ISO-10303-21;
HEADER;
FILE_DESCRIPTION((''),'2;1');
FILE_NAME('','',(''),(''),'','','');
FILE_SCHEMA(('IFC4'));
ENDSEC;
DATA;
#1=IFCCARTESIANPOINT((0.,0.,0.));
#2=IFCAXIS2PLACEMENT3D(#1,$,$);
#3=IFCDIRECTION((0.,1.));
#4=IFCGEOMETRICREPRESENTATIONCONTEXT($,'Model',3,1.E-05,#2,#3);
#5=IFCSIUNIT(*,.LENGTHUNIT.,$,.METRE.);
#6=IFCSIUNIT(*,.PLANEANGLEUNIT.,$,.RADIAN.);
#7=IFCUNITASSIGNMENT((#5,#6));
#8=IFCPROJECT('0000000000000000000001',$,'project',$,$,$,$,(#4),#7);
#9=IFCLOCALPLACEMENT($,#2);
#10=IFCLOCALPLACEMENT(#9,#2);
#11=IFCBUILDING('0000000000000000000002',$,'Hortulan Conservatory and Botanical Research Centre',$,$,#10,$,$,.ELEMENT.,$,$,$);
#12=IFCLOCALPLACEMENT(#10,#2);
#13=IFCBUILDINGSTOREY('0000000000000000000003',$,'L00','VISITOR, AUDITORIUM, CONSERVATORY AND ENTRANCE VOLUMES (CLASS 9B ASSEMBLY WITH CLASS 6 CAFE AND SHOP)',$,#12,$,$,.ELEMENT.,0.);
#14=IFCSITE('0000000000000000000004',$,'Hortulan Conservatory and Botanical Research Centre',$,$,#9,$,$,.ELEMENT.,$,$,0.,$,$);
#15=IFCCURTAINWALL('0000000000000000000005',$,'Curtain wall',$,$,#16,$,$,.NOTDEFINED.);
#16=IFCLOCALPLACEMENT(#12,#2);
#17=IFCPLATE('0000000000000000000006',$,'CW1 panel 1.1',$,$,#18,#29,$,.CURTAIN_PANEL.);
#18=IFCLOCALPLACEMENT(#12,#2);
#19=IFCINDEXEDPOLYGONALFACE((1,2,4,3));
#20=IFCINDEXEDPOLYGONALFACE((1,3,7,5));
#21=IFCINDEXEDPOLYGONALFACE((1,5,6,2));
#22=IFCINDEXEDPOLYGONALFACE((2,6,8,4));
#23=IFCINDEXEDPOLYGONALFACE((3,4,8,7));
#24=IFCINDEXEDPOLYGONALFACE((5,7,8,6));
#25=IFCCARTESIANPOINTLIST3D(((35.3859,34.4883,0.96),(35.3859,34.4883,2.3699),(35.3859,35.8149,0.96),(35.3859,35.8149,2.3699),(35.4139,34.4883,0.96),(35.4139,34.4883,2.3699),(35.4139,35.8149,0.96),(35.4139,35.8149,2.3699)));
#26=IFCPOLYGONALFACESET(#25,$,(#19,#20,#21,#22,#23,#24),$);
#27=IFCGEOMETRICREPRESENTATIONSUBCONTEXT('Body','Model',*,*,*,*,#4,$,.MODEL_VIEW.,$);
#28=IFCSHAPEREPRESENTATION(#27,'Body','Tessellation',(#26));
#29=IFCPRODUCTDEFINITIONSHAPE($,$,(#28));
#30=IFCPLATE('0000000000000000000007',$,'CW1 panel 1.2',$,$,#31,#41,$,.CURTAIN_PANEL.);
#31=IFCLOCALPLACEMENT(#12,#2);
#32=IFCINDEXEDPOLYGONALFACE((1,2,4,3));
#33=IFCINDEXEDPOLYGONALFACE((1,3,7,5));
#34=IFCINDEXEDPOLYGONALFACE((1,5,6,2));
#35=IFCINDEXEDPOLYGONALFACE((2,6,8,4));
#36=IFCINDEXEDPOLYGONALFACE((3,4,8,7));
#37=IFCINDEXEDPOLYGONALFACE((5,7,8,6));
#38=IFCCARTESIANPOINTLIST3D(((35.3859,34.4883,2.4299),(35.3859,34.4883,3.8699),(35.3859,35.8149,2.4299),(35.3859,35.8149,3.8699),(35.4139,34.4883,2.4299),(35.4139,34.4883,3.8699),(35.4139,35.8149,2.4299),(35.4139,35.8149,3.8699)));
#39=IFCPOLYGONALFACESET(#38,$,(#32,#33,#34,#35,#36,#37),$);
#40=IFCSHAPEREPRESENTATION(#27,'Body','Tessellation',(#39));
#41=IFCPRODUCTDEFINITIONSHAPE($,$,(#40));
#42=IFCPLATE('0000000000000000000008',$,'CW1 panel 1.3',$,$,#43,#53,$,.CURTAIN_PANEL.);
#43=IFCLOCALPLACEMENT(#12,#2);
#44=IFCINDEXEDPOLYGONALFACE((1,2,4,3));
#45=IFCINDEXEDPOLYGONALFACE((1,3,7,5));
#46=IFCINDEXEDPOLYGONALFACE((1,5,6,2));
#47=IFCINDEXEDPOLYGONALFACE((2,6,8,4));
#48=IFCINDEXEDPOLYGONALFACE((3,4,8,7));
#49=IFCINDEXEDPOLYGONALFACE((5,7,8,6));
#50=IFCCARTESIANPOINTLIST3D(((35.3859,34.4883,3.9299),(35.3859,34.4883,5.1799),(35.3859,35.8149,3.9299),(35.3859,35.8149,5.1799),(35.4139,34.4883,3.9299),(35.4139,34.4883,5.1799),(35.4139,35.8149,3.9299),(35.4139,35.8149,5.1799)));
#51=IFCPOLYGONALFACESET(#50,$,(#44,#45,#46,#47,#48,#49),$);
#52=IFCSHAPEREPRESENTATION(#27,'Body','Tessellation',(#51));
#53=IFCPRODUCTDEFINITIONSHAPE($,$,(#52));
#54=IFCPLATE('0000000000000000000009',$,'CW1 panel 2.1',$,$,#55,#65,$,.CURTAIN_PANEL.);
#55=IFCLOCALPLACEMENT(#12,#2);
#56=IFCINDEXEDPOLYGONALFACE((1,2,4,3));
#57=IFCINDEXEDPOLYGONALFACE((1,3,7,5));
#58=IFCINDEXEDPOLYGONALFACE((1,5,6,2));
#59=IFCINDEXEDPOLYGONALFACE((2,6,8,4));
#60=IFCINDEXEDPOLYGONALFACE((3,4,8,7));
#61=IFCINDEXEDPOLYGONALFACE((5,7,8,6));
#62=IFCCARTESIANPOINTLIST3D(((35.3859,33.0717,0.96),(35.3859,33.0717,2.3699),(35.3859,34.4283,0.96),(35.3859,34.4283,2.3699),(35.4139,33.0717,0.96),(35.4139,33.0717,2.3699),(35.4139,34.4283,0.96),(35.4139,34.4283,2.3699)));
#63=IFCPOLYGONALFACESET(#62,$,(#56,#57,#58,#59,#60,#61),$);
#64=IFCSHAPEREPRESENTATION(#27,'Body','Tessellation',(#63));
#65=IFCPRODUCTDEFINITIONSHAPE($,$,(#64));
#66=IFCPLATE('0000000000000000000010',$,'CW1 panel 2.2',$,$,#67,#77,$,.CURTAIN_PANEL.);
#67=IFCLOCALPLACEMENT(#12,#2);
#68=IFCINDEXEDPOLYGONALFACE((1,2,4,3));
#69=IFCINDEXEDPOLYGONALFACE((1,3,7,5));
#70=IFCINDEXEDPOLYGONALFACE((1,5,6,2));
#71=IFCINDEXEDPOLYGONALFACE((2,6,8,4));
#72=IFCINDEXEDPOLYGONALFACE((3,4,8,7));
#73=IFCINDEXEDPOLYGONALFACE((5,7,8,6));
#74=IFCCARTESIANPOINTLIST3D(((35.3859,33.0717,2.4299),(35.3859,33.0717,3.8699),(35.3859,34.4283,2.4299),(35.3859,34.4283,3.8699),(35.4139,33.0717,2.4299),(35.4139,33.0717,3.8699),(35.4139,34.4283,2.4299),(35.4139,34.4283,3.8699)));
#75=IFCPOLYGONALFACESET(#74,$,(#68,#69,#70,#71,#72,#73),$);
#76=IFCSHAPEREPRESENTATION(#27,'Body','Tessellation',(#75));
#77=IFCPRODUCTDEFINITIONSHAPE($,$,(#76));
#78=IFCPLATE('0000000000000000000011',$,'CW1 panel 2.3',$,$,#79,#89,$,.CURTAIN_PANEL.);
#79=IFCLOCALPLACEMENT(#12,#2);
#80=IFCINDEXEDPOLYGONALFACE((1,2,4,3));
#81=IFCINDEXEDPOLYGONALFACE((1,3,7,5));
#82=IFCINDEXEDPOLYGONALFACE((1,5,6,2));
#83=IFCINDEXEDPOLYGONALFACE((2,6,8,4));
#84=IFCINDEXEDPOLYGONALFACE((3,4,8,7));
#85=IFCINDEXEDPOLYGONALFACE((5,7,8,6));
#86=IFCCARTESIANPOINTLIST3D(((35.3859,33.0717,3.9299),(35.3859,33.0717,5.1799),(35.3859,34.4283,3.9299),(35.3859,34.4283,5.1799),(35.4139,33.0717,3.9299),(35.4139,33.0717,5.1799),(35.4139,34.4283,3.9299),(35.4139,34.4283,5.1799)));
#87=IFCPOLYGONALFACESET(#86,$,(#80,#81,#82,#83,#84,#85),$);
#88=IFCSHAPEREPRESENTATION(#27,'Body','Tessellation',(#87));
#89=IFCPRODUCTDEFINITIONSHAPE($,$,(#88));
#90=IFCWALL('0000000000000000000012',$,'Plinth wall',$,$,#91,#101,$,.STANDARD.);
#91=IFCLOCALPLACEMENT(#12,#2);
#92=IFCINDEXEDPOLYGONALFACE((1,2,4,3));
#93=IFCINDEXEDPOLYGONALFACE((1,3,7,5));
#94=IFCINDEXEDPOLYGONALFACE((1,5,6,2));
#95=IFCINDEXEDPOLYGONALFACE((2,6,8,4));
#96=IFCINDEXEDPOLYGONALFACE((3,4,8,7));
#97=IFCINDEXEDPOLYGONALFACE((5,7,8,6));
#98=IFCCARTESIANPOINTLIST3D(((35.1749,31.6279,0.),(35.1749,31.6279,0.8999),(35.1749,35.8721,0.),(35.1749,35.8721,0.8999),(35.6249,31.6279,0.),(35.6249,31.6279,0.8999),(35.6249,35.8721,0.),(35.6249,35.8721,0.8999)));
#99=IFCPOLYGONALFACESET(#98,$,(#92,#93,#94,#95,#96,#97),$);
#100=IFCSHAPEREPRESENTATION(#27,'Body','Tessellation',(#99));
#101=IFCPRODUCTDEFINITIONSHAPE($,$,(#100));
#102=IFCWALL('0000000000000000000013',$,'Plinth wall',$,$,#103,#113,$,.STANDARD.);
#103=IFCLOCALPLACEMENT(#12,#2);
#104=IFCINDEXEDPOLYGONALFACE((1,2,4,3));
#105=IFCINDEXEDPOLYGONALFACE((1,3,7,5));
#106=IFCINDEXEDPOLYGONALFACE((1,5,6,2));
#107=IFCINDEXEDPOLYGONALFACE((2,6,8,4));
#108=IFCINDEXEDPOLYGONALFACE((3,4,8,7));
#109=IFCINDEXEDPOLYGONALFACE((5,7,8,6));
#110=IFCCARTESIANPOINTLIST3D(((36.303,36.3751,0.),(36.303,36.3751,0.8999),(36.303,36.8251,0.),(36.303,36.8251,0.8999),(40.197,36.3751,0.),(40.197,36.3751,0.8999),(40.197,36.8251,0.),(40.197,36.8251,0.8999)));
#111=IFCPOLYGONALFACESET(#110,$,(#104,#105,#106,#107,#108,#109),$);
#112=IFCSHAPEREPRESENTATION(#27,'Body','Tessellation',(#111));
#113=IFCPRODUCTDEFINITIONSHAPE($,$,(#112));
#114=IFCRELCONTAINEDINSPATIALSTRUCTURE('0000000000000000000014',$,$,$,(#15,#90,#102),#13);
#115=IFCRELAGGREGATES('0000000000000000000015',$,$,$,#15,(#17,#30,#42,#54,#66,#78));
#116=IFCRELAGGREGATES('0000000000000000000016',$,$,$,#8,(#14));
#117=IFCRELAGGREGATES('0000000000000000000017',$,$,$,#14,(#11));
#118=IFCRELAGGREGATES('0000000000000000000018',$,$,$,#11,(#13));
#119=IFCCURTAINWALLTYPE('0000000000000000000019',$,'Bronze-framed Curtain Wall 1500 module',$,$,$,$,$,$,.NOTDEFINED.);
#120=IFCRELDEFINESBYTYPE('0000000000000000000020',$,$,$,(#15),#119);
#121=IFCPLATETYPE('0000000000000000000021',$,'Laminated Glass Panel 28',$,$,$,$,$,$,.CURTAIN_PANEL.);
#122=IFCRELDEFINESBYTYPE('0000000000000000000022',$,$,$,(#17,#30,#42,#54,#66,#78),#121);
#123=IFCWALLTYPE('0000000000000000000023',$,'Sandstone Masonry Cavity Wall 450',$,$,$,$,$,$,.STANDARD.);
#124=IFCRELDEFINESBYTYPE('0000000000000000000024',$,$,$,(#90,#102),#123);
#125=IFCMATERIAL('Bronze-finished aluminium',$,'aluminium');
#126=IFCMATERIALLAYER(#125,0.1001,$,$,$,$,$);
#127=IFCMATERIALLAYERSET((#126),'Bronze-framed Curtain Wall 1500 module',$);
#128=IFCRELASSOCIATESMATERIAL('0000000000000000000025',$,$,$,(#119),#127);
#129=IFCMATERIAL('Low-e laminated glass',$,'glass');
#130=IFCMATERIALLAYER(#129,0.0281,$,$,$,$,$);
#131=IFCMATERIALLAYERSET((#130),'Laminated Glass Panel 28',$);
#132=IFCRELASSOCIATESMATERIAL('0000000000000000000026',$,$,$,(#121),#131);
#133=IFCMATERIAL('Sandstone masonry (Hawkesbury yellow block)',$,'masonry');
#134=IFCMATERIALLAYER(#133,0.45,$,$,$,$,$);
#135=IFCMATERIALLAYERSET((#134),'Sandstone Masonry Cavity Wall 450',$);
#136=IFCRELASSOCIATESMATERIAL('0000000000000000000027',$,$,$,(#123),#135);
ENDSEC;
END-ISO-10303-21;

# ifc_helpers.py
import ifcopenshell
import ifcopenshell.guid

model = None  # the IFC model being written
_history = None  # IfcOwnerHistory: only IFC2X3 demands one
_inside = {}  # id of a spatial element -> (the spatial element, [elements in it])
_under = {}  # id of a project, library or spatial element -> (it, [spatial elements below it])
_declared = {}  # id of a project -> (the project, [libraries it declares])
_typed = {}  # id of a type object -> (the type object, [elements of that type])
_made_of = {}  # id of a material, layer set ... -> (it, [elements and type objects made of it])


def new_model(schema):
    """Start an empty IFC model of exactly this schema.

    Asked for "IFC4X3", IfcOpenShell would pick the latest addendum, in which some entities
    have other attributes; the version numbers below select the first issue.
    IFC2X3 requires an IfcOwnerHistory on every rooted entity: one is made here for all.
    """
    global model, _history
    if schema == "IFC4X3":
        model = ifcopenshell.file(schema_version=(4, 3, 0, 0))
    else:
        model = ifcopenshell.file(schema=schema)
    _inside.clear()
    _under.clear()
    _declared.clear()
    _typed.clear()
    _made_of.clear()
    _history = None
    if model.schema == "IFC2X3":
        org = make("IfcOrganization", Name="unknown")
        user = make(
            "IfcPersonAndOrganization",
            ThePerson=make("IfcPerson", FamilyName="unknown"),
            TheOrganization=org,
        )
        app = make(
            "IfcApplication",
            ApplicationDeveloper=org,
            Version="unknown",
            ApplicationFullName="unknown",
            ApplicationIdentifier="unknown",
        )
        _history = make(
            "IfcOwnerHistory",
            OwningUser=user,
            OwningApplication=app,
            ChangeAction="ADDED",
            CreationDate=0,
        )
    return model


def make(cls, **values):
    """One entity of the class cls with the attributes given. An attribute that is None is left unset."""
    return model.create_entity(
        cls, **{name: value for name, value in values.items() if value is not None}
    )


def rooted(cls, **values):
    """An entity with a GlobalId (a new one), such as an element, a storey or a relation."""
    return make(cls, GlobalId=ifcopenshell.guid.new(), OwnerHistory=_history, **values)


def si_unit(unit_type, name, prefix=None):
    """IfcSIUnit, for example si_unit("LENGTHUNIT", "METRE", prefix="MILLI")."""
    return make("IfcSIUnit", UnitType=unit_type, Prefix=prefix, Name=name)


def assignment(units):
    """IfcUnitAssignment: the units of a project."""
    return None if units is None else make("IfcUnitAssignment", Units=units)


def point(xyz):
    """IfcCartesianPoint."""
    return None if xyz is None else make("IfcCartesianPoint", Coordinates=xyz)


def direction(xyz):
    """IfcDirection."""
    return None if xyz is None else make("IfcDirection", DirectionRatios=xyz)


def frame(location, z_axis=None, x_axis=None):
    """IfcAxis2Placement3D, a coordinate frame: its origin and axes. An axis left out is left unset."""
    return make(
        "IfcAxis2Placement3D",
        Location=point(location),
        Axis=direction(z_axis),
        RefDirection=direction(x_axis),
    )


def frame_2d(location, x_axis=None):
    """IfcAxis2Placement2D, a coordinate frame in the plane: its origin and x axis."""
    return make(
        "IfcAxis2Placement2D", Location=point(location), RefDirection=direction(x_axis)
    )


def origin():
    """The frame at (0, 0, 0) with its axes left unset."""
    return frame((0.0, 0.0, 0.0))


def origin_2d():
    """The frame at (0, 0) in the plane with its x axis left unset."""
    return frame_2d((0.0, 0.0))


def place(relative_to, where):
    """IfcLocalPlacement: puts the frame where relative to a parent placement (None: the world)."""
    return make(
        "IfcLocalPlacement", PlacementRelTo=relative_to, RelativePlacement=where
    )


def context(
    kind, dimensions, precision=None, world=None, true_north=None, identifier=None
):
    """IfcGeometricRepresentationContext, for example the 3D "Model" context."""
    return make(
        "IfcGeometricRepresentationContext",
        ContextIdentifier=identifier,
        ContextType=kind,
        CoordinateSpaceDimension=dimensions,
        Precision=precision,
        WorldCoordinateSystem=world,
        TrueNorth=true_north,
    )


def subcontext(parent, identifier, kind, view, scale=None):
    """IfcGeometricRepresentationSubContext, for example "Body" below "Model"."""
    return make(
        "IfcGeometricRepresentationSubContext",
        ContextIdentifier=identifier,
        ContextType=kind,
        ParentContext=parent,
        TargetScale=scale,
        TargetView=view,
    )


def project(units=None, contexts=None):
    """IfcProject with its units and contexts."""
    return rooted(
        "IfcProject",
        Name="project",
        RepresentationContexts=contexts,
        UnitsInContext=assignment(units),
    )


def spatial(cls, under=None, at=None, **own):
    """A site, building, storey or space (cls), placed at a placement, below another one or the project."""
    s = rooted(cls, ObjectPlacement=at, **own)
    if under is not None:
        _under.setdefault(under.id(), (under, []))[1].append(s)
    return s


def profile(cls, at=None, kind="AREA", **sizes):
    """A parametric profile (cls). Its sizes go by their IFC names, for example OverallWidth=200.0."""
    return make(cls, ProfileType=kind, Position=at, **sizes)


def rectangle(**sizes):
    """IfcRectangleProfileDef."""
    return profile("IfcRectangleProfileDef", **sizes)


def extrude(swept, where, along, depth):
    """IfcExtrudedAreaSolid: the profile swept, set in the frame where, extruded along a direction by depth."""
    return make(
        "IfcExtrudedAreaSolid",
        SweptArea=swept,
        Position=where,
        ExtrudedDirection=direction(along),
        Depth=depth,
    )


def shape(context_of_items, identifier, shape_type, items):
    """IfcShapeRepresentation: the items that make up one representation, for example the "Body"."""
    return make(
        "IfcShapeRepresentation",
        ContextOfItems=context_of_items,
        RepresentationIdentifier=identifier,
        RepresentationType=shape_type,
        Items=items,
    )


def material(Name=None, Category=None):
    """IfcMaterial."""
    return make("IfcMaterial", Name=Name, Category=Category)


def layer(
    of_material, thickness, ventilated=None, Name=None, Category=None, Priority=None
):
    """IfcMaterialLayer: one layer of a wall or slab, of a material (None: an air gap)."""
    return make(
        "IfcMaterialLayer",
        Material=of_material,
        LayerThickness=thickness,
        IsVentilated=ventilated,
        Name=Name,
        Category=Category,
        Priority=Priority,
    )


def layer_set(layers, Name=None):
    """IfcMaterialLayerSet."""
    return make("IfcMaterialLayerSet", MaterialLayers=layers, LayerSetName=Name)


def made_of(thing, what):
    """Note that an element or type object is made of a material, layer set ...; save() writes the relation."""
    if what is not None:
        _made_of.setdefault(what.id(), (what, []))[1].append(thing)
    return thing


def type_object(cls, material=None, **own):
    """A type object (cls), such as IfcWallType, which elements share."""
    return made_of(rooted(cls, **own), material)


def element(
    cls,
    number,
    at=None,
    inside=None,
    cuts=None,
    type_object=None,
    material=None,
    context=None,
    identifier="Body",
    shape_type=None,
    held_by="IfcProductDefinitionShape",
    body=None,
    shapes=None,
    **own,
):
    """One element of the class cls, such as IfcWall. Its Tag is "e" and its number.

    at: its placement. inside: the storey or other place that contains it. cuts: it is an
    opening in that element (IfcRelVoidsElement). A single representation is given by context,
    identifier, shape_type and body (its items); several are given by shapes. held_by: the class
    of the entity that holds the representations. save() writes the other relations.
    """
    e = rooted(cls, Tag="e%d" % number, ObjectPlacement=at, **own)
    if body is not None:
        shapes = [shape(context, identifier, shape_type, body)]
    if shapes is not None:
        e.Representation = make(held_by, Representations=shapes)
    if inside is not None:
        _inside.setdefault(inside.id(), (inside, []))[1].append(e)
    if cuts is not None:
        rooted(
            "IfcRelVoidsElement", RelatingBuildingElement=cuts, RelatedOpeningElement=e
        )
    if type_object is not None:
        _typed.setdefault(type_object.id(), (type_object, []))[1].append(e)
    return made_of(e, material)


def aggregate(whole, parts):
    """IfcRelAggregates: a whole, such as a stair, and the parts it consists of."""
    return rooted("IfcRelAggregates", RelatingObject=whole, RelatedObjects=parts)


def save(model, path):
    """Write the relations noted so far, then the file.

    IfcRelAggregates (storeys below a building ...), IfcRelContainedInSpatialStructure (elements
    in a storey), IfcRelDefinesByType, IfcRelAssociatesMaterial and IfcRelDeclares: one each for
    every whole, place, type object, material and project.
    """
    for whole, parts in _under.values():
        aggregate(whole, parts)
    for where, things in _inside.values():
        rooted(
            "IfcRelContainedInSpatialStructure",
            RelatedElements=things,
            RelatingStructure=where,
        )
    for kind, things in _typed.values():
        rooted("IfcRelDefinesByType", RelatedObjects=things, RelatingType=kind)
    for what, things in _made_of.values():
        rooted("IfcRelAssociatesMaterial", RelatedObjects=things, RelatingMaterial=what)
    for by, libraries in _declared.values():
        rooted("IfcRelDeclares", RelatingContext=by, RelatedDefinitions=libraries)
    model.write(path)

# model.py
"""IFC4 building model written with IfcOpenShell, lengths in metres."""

from ifc_helpers import new_model, si_unit, direction, frame, frame_2d, origin, origin_2d, place, context, subcontext, project, spatial, rectangle, extrude, material, layer, layer_set, type_object, element, aggregate, save


model = new_model("IFC4")

# Units and contexts
model_context = context("Model", 3, precision=1e-05, world=origin(), true_north=direction((0.0, 1.0)))
body_context = subcontext(model_context, "Body", "Model", "MODEL_VIEW")
ifc_project = project(units=[si_unit("LENGTHUNIT", "METRE"), si_unit("PLANEANGLEUNIT", "RADIAN")], contexts=[model_context])

# Site, building, storey
site_placement = place(None, origin())
site = spatial("IfcSite", under=ifc_project, at=site_placement, Name="Hortulan Conservatory and Botanical Research Centre", CompositionType="ELEMENT", RefElevation=0.0)
building_placement = place(site_placement, origin())
building = spatial("IfcBuilding", under=site, at=building_placement, Name="Hortulan Conservatory and Botanical Research Centre", CompositionType="ELEMENT")
storey_placement = place(building_placement, origin())
storey = spatial("IfcBuildingStorey", under=building, at=storey_placement, Name="L00", Description="VISITOR, AUDITORIUM, CONSERVATORY AND ENTRANCE VOLUMES (CLASS 9B ASSEMBLY WITH CLASS 6 CAFE AND SHOP)", CompositionType="ELEMENT", Elevation=0.0)

# Curtain wall
ifc_material_1 = material(Name="Bronze-finished aluminium", Category="aluminium")
ifc_layer_1 = layer(ifc_material_1, 0.1001)
ifc_layer_set_1 = layer_set([ifc_layer_1], Name="Bronze-framed Curtain Wall 1500 module")
curtain_wall_type = type_object("IfcCurtainWallType", Name="Bronze-framed Curtain Wall 1500 module", PredefinedType="NOTDEFINED", material=ifc_layer_set_1)
curtain_wall_1_placement = place(storey_placement, origin())
curtain_wall_1 = element("IfcCurtainWall", 1, at=curtain_wall_1_placement, inside=storey, type_object=curtain_wall_type, Name="Curtain wall", PredefinedType="NOTDEFINED")

# Plates
ifc_material_2 = material(Name="Low-e laminated glass", Category="glass")
ifc_layer_2 = layer(ifc_material_2, 0.0281)
ifc_layer_set_2 = layer_set([ifc_layer_2], Name="Laminated Glass Panel 28")
plate_type = type_object("IfcPlateType", Name="Laminated Glass Panel 28", PredefinedType="CURTAIN_PANEL", material=ifc_layer_set_2)
plate_1_placement = place(storey_placement, frame((35.3999, 35.1516, 0.96), z_axis=(0.0, 0.0, 1.0), x_axis=(0.0, -1.0, 0.0)))
plate_1 = element("IfcPlate", 2, at=plate_1_placement, type_object=plate_type, Name="CW1 panel 1.1", PredefinedType="CURTAIN_PANEL", context=body_context, shape_type="SweptSolid", body=[
    extrude(rectangle(XDim=1.3267, YDim=0.0281, at=origin_2d()), origin(), (0.0, 0.0, 1.0), 1.4099),
])
plate_2_placement = place(storey_placement, frame((35.3999, 35.1516, 2.4299), z_axis=(0.0, 0.0, 1.0), x_axis=(0.0, -1.0, 0.0)))
plate_2 = element("IfcPlate", 3, at=plate_2_placement, type_object=plate_type, Name="CW1 panel 1.2", PredefinedType="CURTAIN_PANEL", context=body_context, shape_type="SweptSolid", body=[
    extrude(rectangle(XDim=1.3267, YDim=0.0281, at=origin_2d()), origin(), (0.0, 0.0, 1.0), 1.4399),
])
plate_3_placement = place(storey_placement, frame((35.3999, 35.1516, 3.9299), z_axis=(0.0, 0.0, 1.0), x_axis=(0.0, -1.0, 0.0)))
plate_3 = element("IfcPlate", 4, at=plate_3_placement, type_object=plate_type, Name="CW1 panel 1.3", PredefinedType="CURTAIN_PANEL", context=body_context, shape_type="SweptSolid", body=[
    extrude(rectangle(XDim=1.3267, YDim=0.0281, at=origin_2d()), origin(), (0.0, 0.0, 1.0), 1.25),
])
plate_4_placement = place(storey_placement, frame((35.3999, 33.75, 0.96), z_axis=(0.0, 0.0, 1.0), x_axis=(0.0, -1.0, 0.0)))
plate_4 = element("IfcPlate", 5, at=plate_4_placement, type_object=plate_type, Name="CW1 panel 2.1", PredefinedType="CURTAIN_PANEL", context=body_context, shape_type="SweptSolid", body=[
    extrude(rectangle(XDim=1.3567, YDim=0.0281, at=origin_2d()), origin(), (0.0, 0.0, 1.0), 1.4099),
])
plate_5_placement = place(storey_placement, frame((35.3999, 33.75, 2.4299), z_axis=(0.0, 0.0, 1.0), x_axis=(0.0, -1.0, 0.0)))
plate_5 = element("IfcPlate", 6, at=plate_5_placement, type_object=plate_type, Name="CW1 panel 2.2", PredefinedType="CURTAIN_PANEL", context=body_context, shape_type="SweptSolid", body=[
    extrude(rectangle(XDim=1.3567, YDim=0.0281, at=origin_2d()), origin(), (0.0, 0.0, 1.0), 1.4399),
])
plate_6_placement = place(storey_placement, frame((35.3999, 33.75, 3.9299), z_axis=(0.0, 0.0, 1.0), x_axis=(0.0, -1.0, 0.0)))
plate_6 = element("IfcPlate", 7, at=plate_6_placement, type_object=plate_type, Name="CW1 panel 2.3", PredefinedType="CURTAIN_PANEL", context=body_context, shape_type="SweptSolid", body=[
    extrude(rectangle(XDim=1.3567, YDim=0.0281, at=origin_2d()), origin(), (0.0, 0.0, 1.0), 1.25),
])
aggregate(curtain_wall_1, [plate_1, plate_2, plate_3, plate_4, plate_5, plate_6])

# Walls
ifc_material_3 = material(Name="Sandstone masonry (Hawkesbury yellow block)", Category="masonry")
ifc_layer_3 = layer(ifc_material_3, 0.45)
ifc_layer_set_3 = layer_set([ifc_layer_3], Name="Sandstone Masonry Cavity Wall 450")
wall_type = type_object("IfcWallType", Name="Sandstone Masonry Cavity Wall 450", PredefinedType="STANDARD", material=ifc_layer_set_3)
wall_1_placement = place(storey_placement, frame((35.3999, 35.8721, 0.0), z_axis=(0.0, 0.0, 1.0), x_axis=(0.0, -1.0, 0.0)))
element("IfcWall", 8, at=wall_1_placement, inside=storey, type_object=wall_type, Name="Plinth wall", PredefinedType="STANDARD", context=body_context, shape_type="SweptSolid", body=[
    extrude(rectangle(XDim=4.2441, YDim=0.45, at=frame_2d((2.1221, 0.0))), origin(), (0.0, 0.0, 1.0), 0.8999),
])
wall_2_placement = place(storey_placement, frame((36.303, 36.6001, 0.0), z_axis=(0.0, 0.0, 1.0), x_axis=(1.0, 0.0, 0.0)))
element("IfcWall", 9, at=wall_2_placement, inside=storey, type_object=wall_type, Name="Plinth wall", PredefinedType="STANDARD", context=body_context, shape_type="SweptSolid", body=[
    extrude(rectangle(XDim=3.894, YDim=0.45, at=frame_2d((1.947, 0.0))), origin(), (0.0, 0.0, 1.0), 0.8999),
])

save(model, "model.ifc")
